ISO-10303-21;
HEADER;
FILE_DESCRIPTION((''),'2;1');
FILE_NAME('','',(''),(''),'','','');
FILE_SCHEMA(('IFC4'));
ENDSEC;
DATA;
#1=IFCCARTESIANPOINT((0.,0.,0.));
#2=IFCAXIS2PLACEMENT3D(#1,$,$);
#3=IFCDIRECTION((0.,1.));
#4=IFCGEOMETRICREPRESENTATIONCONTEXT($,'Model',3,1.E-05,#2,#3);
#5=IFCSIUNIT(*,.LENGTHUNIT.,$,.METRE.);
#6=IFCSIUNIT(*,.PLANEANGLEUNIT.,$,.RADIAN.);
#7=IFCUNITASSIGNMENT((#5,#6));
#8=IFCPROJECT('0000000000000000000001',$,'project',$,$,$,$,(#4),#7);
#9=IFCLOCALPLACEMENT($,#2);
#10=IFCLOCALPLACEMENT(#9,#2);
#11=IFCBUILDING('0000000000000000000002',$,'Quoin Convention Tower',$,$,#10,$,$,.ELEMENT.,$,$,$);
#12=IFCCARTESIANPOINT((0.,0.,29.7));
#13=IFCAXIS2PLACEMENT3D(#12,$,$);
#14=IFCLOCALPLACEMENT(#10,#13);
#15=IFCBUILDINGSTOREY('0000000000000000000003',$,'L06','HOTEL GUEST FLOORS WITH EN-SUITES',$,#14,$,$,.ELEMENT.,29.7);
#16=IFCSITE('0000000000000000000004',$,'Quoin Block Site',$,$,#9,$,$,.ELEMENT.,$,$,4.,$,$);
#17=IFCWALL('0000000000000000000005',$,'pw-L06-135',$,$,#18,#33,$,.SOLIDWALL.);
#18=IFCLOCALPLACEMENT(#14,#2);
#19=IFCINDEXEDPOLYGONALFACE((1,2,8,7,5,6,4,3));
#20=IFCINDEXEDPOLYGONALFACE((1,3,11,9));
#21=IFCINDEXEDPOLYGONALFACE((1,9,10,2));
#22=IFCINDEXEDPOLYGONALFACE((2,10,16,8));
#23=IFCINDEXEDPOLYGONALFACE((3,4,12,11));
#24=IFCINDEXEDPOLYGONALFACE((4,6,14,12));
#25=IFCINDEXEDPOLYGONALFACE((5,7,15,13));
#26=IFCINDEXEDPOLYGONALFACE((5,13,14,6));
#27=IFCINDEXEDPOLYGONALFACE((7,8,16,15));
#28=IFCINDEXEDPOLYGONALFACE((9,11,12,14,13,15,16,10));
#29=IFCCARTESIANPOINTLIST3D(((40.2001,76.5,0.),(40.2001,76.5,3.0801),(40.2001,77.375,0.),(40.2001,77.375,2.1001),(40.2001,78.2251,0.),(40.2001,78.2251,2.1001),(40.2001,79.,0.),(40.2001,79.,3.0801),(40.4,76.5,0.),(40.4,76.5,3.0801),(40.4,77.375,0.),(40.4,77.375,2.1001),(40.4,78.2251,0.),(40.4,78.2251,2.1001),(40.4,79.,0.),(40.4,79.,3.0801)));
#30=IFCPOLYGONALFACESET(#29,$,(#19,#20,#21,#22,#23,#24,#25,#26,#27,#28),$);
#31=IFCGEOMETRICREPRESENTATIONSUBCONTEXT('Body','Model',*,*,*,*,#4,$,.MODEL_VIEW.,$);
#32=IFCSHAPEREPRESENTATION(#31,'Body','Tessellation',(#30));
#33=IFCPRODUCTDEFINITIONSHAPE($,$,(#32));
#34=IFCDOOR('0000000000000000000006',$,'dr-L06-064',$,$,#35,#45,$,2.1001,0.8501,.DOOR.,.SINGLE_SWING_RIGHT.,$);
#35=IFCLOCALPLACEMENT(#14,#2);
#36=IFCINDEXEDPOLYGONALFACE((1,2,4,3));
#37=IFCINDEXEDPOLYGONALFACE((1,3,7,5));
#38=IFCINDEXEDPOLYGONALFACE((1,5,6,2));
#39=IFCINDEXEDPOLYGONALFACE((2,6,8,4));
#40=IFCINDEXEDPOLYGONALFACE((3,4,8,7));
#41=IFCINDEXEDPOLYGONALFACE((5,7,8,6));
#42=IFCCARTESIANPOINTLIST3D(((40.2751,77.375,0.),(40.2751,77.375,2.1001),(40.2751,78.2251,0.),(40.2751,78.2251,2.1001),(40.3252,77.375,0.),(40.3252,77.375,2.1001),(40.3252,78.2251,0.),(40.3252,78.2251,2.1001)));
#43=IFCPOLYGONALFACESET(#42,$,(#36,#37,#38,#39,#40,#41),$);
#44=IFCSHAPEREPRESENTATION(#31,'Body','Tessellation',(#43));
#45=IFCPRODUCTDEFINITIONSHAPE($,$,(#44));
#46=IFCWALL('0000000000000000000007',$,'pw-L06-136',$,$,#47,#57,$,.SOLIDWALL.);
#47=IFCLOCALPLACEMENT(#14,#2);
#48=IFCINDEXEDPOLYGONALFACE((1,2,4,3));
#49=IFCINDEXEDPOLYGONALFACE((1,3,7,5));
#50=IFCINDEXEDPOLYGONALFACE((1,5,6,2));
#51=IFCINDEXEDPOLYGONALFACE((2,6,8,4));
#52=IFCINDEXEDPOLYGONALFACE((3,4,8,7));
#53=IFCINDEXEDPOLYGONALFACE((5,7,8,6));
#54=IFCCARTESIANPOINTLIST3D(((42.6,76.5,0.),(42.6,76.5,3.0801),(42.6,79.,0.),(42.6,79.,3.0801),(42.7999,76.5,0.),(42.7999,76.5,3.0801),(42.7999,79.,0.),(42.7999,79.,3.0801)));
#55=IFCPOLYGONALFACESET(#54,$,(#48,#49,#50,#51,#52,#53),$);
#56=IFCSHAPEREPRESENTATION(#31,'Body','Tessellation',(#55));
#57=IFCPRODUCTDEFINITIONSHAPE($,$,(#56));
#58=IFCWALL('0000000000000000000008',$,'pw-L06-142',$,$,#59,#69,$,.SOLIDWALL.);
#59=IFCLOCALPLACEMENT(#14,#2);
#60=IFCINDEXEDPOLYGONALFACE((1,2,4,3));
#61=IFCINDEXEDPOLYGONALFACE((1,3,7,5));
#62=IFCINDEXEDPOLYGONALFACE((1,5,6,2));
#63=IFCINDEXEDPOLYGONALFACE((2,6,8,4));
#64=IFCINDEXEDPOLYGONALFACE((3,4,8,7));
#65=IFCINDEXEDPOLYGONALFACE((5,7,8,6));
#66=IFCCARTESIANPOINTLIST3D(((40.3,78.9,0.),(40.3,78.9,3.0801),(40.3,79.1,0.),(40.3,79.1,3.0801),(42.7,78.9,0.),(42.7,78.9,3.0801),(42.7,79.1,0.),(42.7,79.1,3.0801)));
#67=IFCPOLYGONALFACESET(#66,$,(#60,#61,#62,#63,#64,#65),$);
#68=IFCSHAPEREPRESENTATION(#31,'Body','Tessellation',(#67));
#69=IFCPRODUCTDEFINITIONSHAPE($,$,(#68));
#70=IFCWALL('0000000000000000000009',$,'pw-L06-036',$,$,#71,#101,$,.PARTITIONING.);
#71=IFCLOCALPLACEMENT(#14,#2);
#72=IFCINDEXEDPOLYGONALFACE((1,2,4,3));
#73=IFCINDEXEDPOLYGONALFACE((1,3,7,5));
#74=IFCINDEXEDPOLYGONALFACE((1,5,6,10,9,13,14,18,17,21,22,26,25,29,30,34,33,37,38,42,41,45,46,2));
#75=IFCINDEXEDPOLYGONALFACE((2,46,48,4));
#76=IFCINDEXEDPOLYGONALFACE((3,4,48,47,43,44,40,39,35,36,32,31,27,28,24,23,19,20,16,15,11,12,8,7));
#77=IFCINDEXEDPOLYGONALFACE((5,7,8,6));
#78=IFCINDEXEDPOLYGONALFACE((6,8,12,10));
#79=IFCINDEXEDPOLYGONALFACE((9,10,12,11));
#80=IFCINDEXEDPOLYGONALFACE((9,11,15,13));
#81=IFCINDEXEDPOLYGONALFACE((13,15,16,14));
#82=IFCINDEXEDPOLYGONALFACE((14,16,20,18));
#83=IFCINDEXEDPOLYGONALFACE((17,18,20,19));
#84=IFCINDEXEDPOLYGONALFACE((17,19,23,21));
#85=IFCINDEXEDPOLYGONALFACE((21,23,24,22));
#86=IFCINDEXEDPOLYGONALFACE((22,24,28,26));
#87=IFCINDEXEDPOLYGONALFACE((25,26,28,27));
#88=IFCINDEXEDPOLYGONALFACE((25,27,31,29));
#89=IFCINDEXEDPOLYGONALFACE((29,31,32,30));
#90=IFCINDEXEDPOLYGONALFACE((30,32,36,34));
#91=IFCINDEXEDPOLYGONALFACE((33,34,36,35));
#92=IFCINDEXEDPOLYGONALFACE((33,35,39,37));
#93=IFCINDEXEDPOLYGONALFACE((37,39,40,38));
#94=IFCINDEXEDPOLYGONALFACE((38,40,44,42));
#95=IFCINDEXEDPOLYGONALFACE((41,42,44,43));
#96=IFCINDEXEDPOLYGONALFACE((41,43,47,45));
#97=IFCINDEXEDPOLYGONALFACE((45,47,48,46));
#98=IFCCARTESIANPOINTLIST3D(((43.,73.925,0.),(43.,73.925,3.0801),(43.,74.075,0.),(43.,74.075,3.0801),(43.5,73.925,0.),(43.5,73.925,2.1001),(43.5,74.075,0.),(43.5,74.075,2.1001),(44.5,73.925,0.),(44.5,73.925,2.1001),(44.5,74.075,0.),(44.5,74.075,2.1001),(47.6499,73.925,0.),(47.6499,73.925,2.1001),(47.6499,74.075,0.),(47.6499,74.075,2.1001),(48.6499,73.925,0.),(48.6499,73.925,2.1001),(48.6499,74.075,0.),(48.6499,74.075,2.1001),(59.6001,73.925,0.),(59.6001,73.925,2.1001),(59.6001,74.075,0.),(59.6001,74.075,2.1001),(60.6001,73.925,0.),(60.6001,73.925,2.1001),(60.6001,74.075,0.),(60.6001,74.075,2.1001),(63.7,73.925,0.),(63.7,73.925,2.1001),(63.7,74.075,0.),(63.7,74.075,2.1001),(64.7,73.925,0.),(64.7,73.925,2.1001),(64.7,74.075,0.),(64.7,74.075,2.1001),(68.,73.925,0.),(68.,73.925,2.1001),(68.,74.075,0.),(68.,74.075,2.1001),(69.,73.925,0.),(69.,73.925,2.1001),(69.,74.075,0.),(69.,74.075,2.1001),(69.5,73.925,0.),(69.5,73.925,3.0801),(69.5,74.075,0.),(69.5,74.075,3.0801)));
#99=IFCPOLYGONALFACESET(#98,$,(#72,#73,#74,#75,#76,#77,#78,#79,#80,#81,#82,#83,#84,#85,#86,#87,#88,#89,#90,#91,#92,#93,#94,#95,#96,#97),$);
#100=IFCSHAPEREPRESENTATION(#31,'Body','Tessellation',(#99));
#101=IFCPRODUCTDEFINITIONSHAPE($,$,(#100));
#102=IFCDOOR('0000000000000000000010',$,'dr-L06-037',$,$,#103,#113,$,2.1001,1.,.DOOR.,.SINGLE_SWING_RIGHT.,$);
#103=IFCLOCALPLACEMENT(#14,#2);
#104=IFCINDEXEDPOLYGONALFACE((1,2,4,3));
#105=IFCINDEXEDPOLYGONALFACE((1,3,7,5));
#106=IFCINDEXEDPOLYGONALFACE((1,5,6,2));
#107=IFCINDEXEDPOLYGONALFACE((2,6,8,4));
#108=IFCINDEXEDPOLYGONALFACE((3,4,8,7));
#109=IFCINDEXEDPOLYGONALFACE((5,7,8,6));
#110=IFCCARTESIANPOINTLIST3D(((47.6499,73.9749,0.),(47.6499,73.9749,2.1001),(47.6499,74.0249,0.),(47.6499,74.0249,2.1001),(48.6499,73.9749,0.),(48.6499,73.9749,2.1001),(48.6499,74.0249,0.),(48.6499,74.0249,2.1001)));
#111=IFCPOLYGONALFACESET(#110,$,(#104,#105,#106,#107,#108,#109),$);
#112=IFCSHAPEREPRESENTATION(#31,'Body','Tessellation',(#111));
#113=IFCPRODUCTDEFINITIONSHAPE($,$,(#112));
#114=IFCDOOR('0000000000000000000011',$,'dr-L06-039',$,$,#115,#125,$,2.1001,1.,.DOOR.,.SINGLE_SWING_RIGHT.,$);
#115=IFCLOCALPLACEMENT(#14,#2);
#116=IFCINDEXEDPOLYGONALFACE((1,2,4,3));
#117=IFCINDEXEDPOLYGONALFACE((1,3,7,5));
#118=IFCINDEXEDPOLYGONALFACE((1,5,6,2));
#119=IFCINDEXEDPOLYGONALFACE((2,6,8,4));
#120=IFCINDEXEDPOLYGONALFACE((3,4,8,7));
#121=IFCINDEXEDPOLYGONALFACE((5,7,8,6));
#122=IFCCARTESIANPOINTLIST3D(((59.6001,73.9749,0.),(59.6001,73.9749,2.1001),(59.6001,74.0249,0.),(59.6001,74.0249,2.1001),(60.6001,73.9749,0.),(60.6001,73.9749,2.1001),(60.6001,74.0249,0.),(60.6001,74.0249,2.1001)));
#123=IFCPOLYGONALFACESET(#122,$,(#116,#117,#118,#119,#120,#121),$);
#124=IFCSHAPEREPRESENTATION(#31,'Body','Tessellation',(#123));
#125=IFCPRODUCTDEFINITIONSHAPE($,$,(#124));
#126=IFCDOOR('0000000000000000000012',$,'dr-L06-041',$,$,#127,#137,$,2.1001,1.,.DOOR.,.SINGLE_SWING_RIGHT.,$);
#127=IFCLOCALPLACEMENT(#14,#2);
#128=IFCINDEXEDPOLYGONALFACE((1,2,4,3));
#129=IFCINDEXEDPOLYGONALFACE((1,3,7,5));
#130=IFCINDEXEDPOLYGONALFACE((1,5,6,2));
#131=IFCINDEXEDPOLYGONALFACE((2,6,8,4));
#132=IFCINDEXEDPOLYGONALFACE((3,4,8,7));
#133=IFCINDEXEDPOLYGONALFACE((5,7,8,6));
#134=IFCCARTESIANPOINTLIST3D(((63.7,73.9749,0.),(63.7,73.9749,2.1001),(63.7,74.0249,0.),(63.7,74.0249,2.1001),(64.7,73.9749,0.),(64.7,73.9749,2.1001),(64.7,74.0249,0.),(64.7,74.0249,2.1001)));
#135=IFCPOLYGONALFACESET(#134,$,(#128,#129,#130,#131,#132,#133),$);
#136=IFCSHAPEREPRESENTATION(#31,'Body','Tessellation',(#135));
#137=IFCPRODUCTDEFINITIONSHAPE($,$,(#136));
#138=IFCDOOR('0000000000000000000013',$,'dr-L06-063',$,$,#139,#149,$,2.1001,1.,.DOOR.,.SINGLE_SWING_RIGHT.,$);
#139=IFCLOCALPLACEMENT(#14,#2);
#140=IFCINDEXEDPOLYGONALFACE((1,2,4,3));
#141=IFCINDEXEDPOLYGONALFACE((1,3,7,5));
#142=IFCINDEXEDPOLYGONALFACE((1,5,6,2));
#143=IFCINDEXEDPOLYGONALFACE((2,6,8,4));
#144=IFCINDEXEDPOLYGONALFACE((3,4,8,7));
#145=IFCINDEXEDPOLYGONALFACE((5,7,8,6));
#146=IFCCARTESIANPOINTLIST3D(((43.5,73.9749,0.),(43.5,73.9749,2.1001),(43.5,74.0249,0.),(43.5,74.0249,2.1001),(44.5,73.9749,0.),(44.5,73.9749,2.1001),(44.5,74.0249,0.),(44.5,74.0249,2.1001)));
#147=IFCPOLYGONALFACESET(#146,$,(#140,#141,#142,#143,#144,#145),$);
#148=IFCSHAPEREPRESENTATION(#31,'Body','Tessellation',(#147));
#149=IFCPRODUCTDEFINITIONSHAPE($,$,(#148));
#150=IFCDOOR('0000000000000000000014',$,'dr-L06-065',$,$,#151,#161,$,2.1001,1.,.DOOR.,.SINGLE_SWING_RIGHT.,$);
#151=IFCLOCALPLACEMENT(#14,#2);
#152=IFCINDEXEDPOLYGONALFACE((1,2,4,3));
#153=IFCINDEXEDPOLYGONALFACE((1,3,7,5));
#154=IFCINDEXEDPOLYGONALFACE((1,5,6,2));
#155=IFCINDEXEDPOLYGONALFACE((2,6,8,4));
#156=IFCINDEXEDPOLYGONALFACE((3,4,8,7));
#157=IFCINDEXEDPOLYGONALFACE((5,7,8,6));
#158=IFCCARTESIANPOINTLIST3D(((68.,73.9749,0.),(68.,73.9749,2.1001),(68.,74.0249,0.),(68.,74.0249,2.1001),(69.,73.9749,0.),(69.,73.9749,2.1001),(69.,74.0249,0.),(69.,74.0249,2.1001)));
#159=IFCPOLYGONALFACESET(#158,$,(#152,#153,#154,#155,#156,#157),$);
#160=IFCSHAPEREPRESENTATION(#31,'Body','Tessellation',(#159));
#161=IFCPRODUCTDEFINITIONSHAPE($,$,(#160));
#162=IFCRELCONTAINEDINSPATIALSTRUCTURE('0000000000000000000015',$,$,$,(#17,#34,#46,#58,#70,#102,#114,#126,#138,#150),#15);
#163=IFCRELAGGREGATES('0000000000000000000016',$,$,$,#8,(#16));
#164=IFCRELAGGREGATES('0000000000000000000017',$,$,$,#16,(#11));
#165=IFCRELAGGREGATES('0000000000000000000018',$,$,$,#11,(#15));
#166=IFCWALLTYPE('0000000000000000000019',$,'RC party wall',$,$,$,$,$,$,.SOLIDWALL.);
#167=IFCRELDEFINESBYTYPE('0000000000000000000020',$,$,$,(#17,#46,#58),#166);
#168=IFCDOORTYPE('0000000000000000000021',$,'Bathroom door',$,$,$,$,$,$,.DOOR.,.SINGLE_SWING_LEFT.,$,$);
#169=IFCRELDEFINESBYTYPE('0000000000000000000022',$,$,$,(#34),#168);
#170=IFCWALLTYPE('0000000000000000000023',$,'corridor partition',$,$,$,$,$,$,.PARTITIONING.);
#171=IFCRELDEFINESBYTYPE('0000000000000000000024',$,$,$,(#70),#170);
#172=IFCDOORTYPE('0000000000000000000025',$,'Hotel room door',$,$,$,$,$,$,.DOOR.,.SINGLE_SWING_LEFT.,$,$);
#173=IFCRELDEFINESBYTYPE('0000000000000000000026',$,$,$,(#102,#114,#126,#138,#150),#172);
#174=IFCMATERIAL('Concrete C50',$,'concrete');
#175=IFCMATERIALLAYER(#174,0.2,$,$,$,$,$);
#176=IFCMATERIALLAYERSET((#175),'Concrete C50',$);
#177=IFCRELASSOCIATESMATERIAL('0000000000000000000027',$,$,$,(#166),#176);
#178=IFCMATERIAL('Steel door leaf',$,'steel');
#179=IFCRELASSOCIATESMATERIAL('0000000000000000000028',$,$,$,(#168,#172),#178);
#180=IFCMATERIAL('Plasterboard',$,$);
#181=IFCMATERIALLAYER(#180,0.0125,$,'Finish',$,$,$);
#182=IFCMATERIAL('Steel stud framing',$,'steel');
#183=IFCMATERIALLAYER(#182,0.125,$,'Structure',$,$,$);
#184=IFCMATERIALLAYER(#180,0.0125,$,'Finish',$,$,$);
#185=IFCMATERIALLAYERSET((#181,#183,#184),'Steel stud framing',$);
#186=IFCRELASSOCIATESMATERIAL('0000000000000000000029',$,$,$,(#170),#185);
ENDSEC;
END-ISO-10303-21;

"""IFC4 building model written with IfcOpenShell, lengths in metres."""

from ifc_helpers import new_model, si_unit, direction, frame, frame_2d, origin, place, context, subcontext, project, spatial, rectangle, extrude, material, layer, layer_set, type_object, element, fill, save


model = new_model("IFC4")

# Units and contexts
model_context = context("Model", 3, precision=1e-05, world=origin(), true_north=direction((0.0, 1.0)))
body_context = subcontext(model_context, "Body", "Model", "MODEL_VIEW")
ifc_project = project(units=[si_unit("LENGTHUNIT", "METRE"), si_unit("PLANEANGLEUNIT", "RADIAN")], contexts=[model_context])

# Site, building, storey
site_placement = place(None, origin())
site = spatial("IfcSite", under=ifc_project, at=site_placement, Name="Quoin Block Site", CompositionType="ELEMENT", RefElevation=4.0)
building_placement = place(site_placement, origin())
building = spatial("IfcBuilding", under=site, at=building_placement, Name="Quoin Convention Tower", CompositionType="ELEMENT")
storey_placement = place(building_placement, frame((0.0, 0.0, 29.7)))
storey = spatial("IfcBuildingStorey", under=building, at=storey_placement, Name="L06", Description="HOTEL GUEST FLOORS WITH EN-SUITES", CompositionType="ELEMENT", Elevation=29.7)

# Shared definitions
ifc_material_1 = material(Name="Concrete C50", Category="concrete")
ifc_layer_1 = layer(ifc_material_1, 0.2)
ifc_layer_set_1 = layer_set([ifc_layer_1], Name="Concrete C50")
wall_type_1 = type_object("IfcWallType", Name="RC party wall", PredefinedType="SOLIDWALL", material=ifc_layer_set_1)
ifc_material_2 = material(Name="Steel door leaf", Category="steel")
door_type_1 = type_object("IfcDoorType", Name="Bathroom door", OperationType="SINGLE_SWING_LEFT", PredefinedType="DOOR", material=ifc_material_2)

# Wall, opening, door
wall_1_placement = place(storey_placement, frame((40.3, 76.5, 0.0), z_axis=(0.0, 0.0, 1.0), x_axis=(0.0, 1.0, 0.0)))
wall_1 = element("IfcWall", 1, at=wall_1_placement, inside=storey, type_object=wall_type_1, Name="pw-L06-135", PredefinedType="SOLIDWALL", context=body_context, shape_type="SweptSolid", body=[
    extrude(rectangle(XDim=2.5, YDim=0.2, at=frame_2d((1.25, 0.0))), origin(), (0.0, 0.0, 1.0), 3.0801),
])
opening_1_placement = place(wall_1_placement, frame((0.875, 0.0, 0.0)))
opening_1 = element("IfcOpeningElement", 2, at=opening_1_placement, cuts=wall_1, PredefinedType="OPENING", context=body_context, shape_type="SweptSolid", body=[
    extrude(rectangle(XDim=0.8501, YDim=2.1001, at=frame_2d((0.425, 1.05))), frame((0.0, 0.1099, 0.0), z_axis=(0.0, -1.0, 0.0), x_axis=(1.0, 0.0, 0.0)), (0.0, 0.0, 1.0), 0.22),
])
door_1_placement = place(opening_1_placement, origin())
door_1 = element("IfcDoor", 3, at=door_1_placement, inside=storey, type_object=door_type_1, Name="dr-L06-064", OperationType="SINGLE_SWING_RIGHT", OverallHeight=2.1001, OverallWidth=0.8501, PredefinedType="DOOR", context=body_context, shape_type="SweptSolid", body=[
    extrude(rectangle(XDim=0.8501, YDim=2.1001, at=frame_2d((0.425, 1.05))), frame((0.0, 0.0249, 0.0), z_axis=(0.0, -1.0, 0.0), x_axis=(1.0, 0.0, 0.0)), (0.0, 0.0, 1.0), 0.05),
])
fill(opening_1, door_1)

# Walls
wall_2_placement = place(storey_placement, frame((42.7, 76.5, 0.0), z_axis=(0.0, 0.0, 1.0), x_axis=(0.0, 1.0, 0.0)))
element("IfcWall", 4, at=wall_2_placement, inside=storey, type_object=wall_type_1, Name="pw-L06-136", PredefinedType="SOLIDWALL", context=body_context, shape_type="SweptSolid", body=[
    extrude(rectangle(XDim=2.5, YDim=0.2, at=frame_2d((1.25, 0.0))), origin(), (0.0, 0.0, 1.0), 3.0801),
])
wall_3_placement = place(storey_placement, frame((40.3, 79.0, 0.0), z_axis=(0.0, 0.0, 1.0), x_axis=(1.0, 0.0, 0.0)))
element("IfcWall", 5, at=wall_3_placement, inside=storey, type_object=wall_type_1, Name="pw-L06-142", PredefinedType="SOLIDWALL", context=body_context, shape_type="SweptSolid", body=[
    extrude(rectangle(XDim=2.3999, YDim=0.2, at=frame_2d((1.2, 0.0))), origin(), (0.0, 0.0, 1.0), 3.0801),
])

# Wall, openings, doors
ifc_material_3 = material(Name="Plasterboard")
ifc_layer_2 = layer(ifc_material_3, 0.0125, Name="Finish")
ifc_material_4 = material(Name="Steel stud framing", Category="steel")
ifc_layer_3 = layer(ifc_material_4, 0.125, Name="Structure")
ifc_layer_4 = layer(ifc_material_3, 0.0125, Name="Finish")
ifc_layer_set_2 = layer_set([ifc_layer_2, ifc_layer_3, ifc_layer_4], Name="Steel stud framing")
wall_type_2 = type_object("IfcWallType", Name="corridor partition", PredefinedType="PARTITIONING", material=ifc_layer_set_2)
wall_4_placement = place(storey_placement, frame((43.0, 74.0, 0.0), z_axis=(0.0, 0.0, 1.0), x_axis=(1.0, 0.0, 0.0)))
wall_4 = element("IfcWall", 6, at=wall_4_placement, inside=storey, type_object=wall_type_2, Name="pw-L06-036", PredefinedType="PARTITIONING", context=body_context, shape_type="SweptSolid", body=[
    extrude(rectangle(XDim=26.5, YDim=0.1499, at=frame_2d((13.25, 0.0))), origin(), (0.0, 0.0, 1.0), 3.0801),
])
opening_2_placement = place(wall_4_placement, frame((4.6499, 0.0, 0.0)))
opening_2 = element("IfcOpeningElement", 7, at=opening_2_placement, cuts=wall_4, PredefinedType="OPENING", context=body_context, shape_type="SweptSolid", body=[
    extrude(rectangle(XDim=1.0, YDim=2.1001, at=frame_2d((0.5, 1.05))), frame((0.0, 0.085, 0.0), z_axis=(0.0, -1.0, 0.0), x_axis=(1.0, 0.0, 0.0)), (0.0, 0.0, 1.0), 0.1699),
])
opening_3_placement = place(wall_4_placement, frame((16.6001, 0.0, 0.0)))
opening_3 = element("IfcOpeningElement", 8, at=opening_3_placement, cuts=wall_4, PredefinedType="OPENING", context=body_context, shape_type="SweptSolid", body=[
    extrude(rectangle(XDim=1.0, YDim=2.1001, at=frame_2d((0.5, 1.05))), frame((0.0, 0.085, 0.0), z_axis=(0.0, -1.0, 0.0), x_axis=(1.0, 0.0, 0.0)), (0.0, 0.0, 1.0), 0.1699),
])
opening_4_placement = place(wall_4_placement, frame((20.7, 0.0, 0.0)))
opening_4 = element("IfcOpeningElement", 9, at=opening_4_placement, cuts=wall_4, PredefinedType="OPENING", context=body_context, shape_type="SweptSolid", body=[
    extrude(rectangle(XDim=1.0, YDim=2.1001, at=frame_2d((0.5, 1.05))), frame((0.0, 0.085, 0.0), z_axis=(0.0, -1.0, 0.0), x_axis=(1.0, 0.0, 0.0)), (0.0, 0.0, 1.0), 0.1699),
])
opening_5_placement = place(wall_4_placement, frame((0.5, 0.0, 0.0)))
opening_5 = element("IfcOpeningElement", 10, at=opening_5_placement, cuts=wall_4, PredefinedType="OPENING", context=body_context, shape_type="SweptSolid", body=[
    extrude(rectangle(XDim=1.0, YDim=2.1001, at=frame_2d((0.5, 1.05))), frame((0.0, 0.085, 0.0), z_axis=(0.0, -1.0, 0.0), x_axis=(1.0, 0.0, 0.0)), (0.0, 0.0, 1.0), 0.1699),
])
opening_6_placement = place(wall_4_placement, frame((25.0, 0.0, 0.0)))
opening_6 = element("IfcOpeningElement", 11, at=opening_6_placement, cuts=wall_4, PredefinedType="OPENING", context=body_context, shape_type="SweptSolid", body=[
    extrude(rectangle(XDim=1.0, YDim=2.1001, at=frame_2d((0.5, 1.05))), frame((0.0, 0.085, 0.0), z_axis=(0.0, -1.0, 0.0), x_axis=(1.0, 0.0, 0.0)), (0.0, 0.0, 1.0), 0.1699),
])
door_type_2 = type_object("IfcDoorType", Name="Hotel room door", OperationType="SINGLE_SWING_LEFT", PredefinedType="DOOR", material=ifc_material_2)
door_2_placement = place(opening_2_placement, origin())
door_2 = element("IfcDoor", 12, at=door_2_placement, inside=storey, type_object=door_type_2, Name="dr-L06-037", OperationType="SINGLE_SWING_RIGHT", OverallHeight=2.1001, OverallWidth=1.0, PredefinedType="DOOR", context=body_context, shape_type="SweptSolid", body=[
    extrude(rectangle(XDim=1.0, YDim=2.1001, at=frame_2d((0.5, 1.05))), frame((0.0, 0.0249, 0.0), z_axis=(0.0, -1.0, 0.0), x_axis=(1.0, 0.0, 0.0)), (0.0, 0.0, 1.0), 0.05),
])
fill(opening_2, door_2)
door_3_placement = place(opening_3_placement, origin())
door_3 = element("IfcDoor", 13, at=door_3_placement, inside=storey, type_object=door_type_2, Name="dr-L06-039", OperationType="SINGLE_SWING_RIGHT", OverallHeight=2.1001, OverallWidth=1.0, PredefinedType="DOOR", context=body_context, shape_type="SweptSolid", body=[
    extrude(rectangle(XDim=1.0, YDim=2.1001, at=frame_2d((0.5, 1.05))), frame((0.0, 0.0249, 0.0), z_axis=(0.0, -1.0, 0.0), x_axis=(1.0, 0.0, 0.0)), (0.0, 0.0, 1.0), 0.05),
])
fill(opening_3, door_3)
door_4_placement = place(opening_4_placement, origin())
door_4 = element("IfcDoor", 14, at=door_4_placement, inside=storey, type_object=door_type_2, Name="dr-L06-041", OperationType="SINGLE_SWING_RIGHT", OverallHeight=2.1001, OverallWidth=1.0, PredefinedType="DOOR", context=body_context, shape_type="SweptSolid", body=[
    extrude(rectangle(XDim=1.0, YDim=2.1001, at=frame_2d((0.5, 1.05))), frame((0.0, 0.0249, 0.0), z_axis=(0.0, -1.0, 0.0), x_axis=(1.0, 0.0, 0.0)), (0.0, 0.0, 1.0), 0.05),
])
fill(opening_4, door_4)
door_5_placement = place(opening_5_placement, origin())
door_5 = element("IfcDoor", 15, at=door_5_placement, inside=storey, type_object=door_type_2, Name="dr-L06-063", OperationType="SINGLE_SWING_RIGHT", OverallHeight=2.1001, OverallWidth=1.0, PredefinedType="DOOR", context=body_context, shape_type="SweptSolid", body=[
    extrude(rectangle(XDim=1.0, YDim=2.1001, at=frame_2d((0.5, 1.05))), frame((0.0, 0.0249, 0.0), z_axis=(0.0, -1.0, 0.0), x_axis=(1.0, 0.0, 0.0)), (0.0, 0.0, 1.0), 0.05),
])
fill(opening_5, door_5)
door_6_placement = place(opening_6_placement, origin())
door_6 = element("IfcDoor", 16, at=door_6_placement, inside=storey, type_object=door_type_2, Name="dr-L06-065", OperationType="SINGLE_SWING_RIGHT", OverallHeight=2.1001, OverallWidth=1.0, PredefinedType="DOOR", context=body_context, shape_type="SweptSolid", body=[
    extrude(rectangle(XDim=1.0, YDim=2.1001, at=frame_2d((0.5, 1.05))), frame((0.0, 0.0249, 0.0), z_axis=(0.0, -1.0, 0.0), x_axis=(1.0, 0.0, 0.0)), (0.0, 0.0, 1.0), 0.05),
])
fill(opening_6, door_6)

save(model, "model.ifc")
